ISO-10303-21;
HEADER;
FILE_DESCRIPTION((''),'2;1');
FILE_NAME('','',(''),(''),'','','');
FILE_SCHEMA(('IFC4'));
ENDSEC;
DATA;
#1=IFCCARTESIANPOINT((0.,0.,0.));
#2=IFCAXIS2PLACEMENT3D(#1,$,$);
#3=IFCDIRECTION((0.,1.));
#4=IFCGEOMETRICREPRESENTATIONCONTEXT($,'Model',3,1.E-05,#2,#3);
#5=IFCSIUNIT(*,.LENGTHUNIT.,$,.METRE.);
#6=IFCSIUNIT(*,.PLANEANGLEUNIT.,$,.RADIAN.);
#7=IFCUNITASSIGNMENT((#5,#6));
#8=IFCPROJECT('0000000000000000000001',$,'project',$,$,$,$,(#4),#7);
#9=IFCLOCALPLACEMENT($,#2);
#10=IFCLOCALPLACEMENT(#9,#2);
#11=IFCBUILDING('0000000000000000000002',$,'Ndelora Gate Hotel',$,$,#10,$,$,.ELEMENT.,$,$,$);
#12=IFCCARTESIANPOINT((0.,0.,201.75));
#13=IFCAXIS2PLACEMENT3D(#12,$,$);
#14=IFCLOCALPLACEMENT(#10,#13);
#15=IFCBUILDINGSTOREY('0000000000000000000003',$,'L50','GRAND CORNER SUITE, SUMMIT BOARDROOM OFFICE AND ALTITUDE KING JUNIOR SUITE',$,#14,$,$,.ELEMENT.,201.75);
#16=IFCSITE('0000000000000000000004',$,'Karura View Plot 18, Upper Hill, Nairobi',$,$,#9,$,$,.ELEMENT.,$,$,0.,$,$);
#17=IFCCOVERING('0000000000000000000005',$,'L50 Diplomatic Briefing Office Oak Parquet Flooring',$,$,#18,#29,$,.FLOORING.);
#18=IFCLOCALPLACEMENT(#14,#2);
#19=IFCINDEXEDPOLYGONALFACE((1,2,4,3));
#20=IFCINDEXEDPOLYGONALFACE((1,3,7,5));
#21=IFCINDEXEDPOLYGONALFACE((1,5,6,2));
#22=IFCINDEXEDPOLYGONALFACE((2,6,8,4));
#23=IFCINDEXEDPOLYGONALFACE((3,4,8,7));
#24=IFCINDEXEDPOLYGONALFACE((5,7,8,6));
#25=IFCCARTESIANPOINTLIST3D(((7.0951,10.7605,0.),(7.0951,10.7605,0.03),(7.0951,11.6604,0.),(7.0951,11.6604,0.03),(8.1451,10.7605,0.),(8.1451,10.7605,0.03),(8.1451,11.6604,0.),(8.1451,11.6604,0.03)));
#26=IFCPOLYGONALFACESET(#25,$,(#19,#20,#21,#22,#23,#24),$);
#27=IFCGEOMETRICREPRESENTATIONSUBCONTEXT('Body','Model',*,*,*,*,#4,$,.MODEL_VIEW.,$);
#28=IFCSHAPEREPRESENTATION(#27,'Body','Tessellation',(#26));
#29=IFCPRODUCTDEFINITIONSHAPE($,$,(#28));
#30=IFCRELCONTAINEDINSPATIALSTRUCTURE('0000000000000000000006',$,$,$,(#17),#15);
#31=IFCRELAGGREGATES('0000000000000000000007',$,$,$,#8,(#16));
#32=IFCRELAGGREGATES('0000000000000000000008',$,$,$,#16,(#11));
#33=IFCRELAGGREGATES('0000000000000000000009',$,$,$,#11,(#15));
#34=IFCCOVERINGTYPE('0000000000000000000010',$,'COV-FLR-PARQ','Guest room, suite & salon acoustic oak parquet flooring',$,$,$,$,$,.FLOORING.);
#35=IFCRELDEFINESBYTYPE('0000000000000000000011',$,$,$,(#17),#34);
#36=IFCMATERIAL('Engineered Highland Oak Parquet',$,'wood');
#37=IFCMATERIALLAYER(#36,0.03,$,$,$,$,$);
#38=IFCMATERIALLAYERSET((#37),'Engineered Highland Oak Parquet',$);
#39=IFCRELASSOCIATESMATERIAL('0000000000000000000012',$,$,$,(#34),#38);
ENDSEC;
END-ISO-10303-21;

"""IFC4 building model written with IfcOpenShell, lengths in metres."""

from ifc_helpers import new_model, si_unit, direction, frame, origin, origin_2d, place, context, subcontext, project, spatial, rectangle, extrude, material, layer, layer_set, type_object, element, save


model = new_model("IFC4")

# Units and contexts
model_context = context("Model", 3, precision=1e-05, world=origin(), true_north=direction((0.0, 1.0)))
body_context = subcontext(model_context, "Body", "Model", "MODEL_VIEW")
ifc_project = project(units=[si_unit("LENGTHUNIT", "METRE"), si_unit("PLANEANGLEUNIT", "RADIAN")], contexts=[model_context])

# Site, building, storey
site_placement = place(None, origin())
site = spatial("IfcSite", under=ifc_project, at=site_placement, Name="Karura View Plot 18, Upper Hill, Nairobi", CompositionType="ELEMENT", RefElevation=0.0)
building_placement = place(site_placement, origin())
building = spatial("IfcBuilding", under=site, at=building_placement, Name="Ndelora Gate Hotel", CompositionType="ELEMENT")
storey_placement = place(building_placement, frame((0.0, 0.0, 201.75)))
storey = spatial("IfcBuildingStorey", under=building, at=storey_placement, Name="L50", Description="GRAND CORNER SUITE, SUMMIT BOARDROOM OFFICE AND ALTITUDE KING JUNIOR SUITE", CompositionType="ELEMENT", Elevation=201.75)

# Covering
ifc_material_1 = material(Name="Engineered Highland Oak Parquet", Category="wood")
ifc_layer_1 = layer(ifc_material_1, 0.03)
ifc_layer_set_1 = layer_set([ifc_layer_1], Name="Engineered Highland Oak Parquet")
covering_type_1 = type_object("IfcCoveringType", Name="COV-FLR-PARQ", Description="Guest room, suite & salon acoustic oak parquet flooring", PredefinedType="FLOORING", material=ifc_layer_set_1)
covering_1_placement = place(storey_placement, frame((7.6201, 11.2104, 0.0), z_axis=(0.0, 0.0, 1.0), x_axis=(1.0, 0.0, 0.0)))
element("IfcCovering", 1, at=covering_1_placement, inside=storey, type_object=covering_type_1, Name="L50 Diplomatic Briefing Office Oak Parquet Flooring", PredefinedType="FLOORING", context=body_context, shape_type="SweptSolid", body=[
    extrude(rectangle(XDim=1.05, YDim=0.8999, at=origin_2d()), origin(), (0.0, 0.0, 1.0), 0.03),
])

save(model, "model.ifc")
